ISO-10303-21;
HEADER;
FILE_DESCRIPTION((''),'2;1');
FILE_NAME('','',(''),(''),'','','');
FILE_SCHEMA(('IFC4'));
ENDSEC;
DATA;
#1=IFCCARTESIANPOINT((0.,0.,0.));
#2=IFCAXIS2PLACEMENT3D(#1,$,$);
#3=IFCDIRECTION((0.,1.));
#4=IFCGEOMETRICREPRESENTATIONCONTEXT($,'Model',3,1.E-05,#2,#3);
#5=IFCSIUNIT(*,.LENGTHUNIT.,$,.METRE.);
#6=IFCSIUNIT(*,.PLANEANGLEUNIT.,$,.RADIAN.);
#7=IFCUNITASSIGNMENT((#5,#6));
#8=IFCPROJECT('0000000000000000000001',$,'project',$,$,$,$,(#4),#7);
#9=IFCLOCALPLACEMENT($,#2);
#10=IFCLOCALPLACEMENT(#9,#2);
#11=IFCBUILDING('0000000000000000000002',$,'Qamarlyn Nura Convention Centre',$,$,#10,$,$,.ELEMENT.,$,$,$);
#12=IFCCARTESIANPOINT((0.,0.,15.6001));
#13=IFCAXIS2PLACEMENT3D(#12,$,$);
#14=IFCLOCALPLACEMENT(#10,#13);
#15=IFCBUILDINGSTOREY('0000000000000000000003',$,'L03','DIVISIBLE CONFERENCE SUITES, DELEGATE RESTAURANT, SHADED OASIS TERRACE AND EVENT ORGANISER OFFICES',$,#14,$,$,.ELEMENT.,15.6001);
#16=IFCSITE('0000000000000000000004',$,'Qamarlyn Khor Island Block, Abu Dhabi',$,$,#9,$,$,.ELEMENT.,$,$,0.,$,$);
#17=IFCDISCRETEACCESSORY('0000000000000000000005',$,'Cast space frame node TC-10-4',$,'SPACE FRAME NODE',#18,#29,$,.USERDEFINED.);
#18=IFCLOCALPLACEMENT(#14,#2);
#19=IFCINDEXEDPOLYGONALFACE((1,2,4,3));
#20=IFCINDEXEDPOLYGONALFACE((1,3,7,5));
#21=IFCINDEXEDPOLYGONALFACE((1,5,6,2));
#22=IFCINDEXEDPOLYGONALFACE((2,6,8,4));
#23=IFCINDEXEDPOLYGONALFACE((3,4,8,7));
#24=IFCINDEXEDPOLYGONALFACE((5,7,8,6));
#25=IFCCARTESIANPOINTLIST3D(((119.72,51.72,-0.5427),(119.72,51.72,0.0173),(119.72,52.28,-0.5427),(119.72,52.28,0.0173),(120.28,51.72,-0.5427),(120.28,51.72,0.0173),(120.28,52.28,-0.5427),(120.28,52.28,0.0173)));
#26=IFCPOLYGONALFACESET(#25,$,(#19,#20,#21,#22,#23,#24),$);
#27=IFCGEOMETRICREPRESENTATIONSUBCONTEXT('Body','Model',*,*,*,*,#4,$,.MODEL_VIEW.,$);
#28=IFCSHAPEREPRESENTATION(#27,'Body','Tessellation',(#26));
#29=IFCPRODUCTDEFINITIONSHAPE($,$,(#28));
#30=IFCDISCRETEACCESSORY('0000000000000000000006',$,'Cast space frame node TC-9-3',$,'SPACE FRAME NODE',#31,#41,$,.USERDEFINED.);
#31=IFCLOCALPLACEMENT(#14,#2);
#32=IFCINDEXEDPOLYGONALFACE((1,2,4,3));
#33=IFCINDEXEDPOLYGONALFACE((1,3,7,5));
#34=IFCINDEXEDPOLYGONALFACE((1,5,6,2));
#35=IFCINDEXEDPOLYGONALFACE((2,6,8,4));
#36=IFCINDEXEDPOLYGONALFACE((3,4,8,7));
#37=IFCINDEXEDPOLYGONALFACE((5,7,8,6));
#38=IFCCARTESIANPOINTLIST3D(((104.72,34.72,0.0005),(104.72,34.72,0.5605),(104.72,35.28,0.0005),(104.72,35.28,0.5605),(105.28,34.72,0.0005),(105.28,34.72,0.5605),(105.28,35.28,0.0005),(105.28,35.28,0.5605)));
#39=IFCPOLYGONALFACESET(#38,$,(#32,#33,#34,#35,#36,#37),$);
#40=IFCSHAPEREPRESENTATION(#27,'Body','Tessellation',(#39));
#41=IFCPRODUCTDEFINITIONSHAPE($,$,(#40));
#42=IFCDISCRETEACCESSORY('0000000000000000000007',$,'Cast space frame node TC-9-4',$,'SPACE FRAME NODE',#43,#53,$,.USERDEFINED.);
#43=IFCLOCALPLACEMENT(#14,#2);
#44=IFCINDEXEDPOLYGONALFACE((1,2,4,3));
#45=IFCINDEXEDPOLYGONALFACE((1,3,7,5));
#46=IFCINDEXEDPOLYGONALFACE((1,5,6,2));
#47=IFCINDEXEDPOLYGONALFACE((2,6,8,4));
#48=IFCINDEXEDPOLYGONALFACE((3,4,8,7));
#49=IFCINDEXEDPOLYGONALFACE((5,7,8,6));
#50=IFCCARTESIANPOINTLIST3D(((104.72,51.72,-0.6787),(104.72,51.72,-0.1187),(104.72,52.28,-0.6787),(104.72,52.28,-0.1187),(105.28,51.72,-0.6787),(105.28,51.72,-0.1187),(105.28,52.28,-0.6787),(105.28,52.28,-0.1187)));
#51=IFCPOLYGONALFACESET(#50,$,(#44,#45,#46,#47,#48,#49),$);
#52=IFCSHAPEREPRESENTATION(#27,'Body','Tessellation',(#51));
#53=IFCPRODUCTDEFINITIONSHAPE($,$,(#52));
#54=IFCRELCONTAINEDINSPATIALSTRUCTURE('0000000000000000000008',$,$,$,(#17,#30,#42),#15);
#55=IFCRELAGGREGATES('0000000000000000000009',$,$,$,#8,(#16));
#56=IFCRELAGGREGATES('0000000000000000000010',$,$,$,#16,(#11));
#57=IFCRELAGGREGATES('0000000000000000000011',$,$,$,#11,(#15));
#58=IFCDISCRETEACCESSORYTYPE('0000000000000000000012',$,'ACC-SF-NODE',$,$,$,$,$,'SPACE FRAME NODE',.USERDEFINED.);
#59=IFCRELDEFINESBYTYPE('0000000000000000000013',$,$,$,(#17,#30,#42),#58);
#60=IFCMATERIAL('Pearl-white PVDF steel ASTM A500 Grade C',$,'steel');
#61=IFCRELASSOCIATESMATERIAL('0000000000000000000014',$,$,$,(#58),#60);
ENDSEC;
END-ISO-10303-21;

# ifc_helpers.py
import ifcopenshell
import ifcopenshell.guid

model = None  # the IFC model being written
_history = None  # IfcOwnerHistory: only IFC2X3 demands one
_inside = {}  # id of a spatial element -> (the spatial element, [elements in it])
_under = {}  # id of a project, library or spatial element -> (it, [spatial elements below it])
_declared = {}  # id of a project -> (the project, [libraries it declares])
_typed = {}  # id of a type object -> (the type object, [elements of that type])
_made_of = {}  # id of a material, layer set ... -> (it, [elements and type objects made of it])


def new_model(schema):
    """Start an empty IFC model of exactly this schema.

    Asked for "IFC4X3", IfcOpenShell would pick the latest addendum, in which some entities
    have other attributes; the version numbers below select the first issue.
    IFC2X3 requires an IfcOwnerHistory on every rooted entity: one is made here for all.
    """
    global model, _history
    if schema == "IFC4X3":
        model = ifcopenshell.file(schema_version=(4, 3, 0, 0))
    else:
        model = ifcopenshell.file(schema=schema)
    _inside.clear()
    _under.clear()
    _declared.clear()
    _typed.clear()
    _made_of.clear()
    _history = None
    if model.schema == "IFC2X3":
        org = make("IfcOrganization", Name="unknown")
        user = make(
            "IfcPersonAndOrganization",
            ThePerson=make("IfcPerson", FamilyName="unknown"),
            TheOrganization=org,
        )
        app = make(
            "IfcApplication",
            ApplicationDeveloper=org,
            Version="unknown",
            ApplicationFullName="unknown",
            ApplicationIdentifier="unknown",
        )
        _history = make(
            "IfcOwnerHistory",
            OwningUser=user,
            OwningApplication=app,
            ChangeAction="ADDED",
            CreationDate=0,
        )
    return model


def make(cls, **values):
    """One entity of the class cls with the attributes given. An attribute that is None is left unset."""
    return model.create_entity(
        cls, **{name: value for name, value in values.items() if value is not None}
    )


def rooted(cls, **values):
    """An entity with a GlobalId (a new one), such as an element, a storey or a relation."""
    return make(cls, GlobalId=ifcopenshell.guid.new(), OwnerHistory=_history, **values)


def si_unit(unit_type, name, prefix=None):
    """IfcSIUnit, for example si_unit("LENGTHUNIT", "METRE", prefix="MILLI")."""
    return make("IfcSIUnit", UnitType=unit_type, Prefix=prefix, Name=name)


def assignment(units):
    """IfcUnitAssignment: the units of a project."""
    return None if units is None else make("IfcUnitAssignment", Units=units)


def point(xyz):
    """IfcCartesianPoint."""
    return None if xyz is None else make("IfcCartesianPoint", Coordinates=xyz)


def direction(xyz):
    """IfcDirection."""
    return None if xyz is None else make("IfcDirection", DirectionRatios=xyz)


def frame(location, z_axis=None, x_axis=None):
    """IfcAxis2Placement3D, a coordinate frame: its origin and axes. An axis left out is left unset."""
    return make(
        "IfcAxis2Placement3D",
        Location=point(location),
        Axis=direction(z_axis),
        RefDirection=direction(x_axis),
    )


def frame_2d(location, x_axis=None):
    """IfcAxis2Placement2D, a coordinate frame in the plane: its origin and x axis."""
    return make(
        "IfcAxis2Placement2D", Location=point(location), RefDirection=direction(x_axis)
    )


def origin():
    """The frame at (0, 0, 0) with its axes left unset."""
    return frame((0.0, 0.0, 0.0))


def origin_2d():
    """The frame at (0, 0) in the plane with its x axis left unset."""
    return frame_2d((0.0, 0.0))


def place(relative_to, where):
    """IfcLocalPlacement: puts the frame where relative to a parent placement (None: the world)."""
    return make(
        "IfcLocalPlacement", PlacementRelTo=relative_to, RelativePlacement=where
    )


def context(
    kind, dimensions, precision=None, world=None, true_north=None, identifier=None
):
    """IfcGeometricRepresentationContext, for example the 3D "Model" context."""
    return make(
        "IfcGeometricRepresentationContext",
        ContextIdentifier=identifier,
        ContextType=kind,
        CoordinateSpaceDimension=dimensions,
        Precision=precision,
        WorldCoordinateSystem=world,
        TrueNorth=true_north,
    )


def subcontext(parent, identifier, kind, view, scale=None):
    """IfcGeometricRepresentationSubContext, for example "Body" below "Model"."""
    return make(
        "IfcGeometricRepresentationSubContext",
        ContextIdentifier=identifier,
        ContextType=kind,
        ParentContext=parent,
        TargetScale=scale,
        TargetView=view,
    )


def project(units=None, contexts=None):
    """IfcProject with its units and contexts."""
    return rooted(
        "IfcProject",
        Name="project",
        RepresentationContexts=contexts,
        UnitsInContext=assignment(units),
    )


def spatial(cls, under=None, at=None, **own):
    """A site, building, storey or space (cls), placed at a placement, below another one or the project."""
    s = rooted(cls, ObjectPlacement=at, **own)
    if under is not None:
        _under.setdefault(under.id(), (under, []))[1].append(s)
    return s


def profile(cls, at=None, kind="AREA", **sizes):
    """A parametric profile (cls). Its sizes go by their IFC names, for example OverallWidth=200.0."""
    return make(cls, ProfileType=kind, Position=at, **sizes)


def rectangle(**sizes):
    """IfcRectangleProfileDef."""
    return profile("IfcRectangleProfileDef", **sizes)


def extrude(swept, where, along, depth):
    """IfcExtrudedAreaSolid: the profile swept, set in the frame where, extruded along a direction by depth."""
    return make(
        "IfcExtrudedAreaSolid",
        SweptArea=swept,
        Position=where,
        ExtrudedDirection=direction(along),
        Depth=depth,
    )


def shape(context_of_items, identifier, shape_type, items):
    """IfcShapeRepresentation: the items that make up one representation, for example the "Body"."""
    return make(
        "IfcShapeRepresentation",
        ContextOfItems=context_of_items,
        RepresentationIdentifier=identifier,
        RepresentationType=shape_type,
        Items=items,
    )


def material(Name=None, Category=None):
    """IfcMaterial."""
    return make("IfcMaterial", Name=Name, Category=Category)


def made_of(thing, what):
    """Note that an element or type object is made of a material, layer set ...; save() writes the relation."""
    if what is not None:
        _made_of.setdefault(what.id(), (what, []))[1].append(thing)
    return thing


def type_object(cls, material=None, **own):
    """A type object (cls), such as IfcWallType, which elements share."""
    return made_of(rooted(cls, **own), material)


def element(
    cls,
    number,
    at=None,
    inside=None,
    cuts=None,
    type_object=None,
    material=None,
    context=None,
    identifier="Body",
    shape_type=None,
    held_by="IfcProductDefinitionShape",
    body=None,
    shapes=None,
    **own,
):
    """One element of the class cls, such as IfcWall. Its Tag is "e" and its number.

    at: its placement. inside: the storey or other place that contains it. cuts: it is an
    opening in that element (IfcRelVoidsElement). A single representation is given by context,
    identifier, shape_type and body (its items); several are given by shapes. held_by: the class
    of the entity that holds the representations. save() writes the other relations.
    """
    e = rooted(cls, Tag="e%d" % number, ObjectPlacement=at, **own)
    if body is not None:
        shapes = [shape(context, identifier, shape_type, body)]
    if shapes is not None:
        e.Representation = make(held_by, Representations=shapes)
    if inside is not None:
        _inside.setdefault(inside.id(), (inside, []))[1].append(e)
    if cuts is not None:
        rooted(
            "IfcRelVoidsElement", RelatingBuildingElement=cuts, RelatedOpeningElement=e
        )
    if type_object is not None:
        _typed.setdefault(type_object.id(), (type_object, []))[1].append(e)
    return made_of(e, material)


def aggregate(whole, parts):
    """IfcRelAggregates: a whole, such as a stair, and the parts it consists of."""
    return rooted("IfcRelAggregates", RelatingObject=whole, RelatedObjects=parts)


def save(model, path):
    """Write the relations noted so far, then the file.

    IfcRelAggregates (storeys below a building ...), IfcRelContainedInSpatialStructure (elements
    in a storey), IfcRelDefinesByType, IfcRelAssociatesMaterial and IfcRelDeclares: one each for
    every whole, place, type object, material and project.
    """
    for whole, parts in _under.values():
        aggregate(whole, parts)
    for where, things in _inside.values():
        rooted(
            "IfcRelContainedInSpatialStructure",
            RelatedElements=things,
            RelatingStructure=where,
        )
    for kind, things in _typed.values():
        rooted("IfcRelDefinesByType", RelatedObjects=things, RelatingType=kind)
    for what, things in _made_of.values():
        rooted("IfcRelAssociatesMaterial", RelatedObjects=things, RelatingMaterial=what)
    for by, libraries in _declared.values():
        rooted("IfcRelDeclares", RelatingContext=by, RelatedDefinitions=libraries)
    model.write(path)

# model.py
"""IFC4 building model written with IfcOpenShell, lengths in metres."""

from ifc_helpers import new_model, si_unit, direction, frame, origin, origin_2d, place, context, subcontext, project, spatial, rectangle, extrude, material, type_object, element, save


model = new_model("IFC4")

# Units and contexts
model_context = context("Model", 3, precision=1e-05, world=origin(), true_north=direction((0.0, 1.0)))
body_context = subcontext(model_context, "Body", "Model", "MODEL_VIEW")
ifc_project = project(units=[si_unit("LENGTHUNIT", "METRE"), si_unit("PLANEANGLEUNIT", "RADIAN")], contexts=[model_context])

# Site, building, storey
site_placement = place(None, origin())
site = spatial("IfcSite", under=ifc_project, at=site_placement, Name="Qamarlyn Khor Island Block, Abu Dhabi", CompositionType="ELEMENT", RefElevation=0.0)
building_placement = place(site_placement, origin())
building = spatial("IfcBuilding", under=site, at=building_placement, Name="Qamarlyn Nura Convention Centre", CompositionType="ELEMENT")
storey_placement = place(building_placement, frame((0.0, 0.0, 15.6001)))
storey = spatial("IfcBuildingStorey", under=building, at=storey_placement, Name="L03", Description="DIVISIBLE CONFERENCE SUITES, DELEGATE RESTAURANT, SHADED OASIS TERRACE AND EVENT ORGANISER OFFICES", CompositionType="ELEMENT", Elevation=15.6001)

# Shared definitions
ifc_material_1 = material(Name="Pearl-white PVDF steel ASTM A500 Grade C", Category="steel")

# Discrete accessories
discrete_accessory_type = type_object("IfcDiscreteAccessoryType", Name="ACC-SF-NODE", ElementType="SPACE FRAME NODE", PredefinedType="USERDEFINED", material=ifc_material_1)
for number, where, z_axis, x_axis, name in (
    (1, (120.0, 52.0, -0.5427), (0.0, 0.0, 1.0), (1.0, 0.0, 0.0), "Cast space frame node TC-10-4"),
    (2, (105.0, 35.0, 0.0005), (0.0, 0.0, 1.0), (1.0, 0.0, 0.0), "Cast space frame node TC-9-3"),
    (3, (105.0, 52.0, -0.6787), (0.0, 0.0, 1.0), (1.0, 0.0, 0.0), "Cast space frame node TC-9-4"),
):
    element("IfcDiscreteAccessory", number, at=place(storey_placement, frame(where, z_axis=z_axis, x_axis=x_axis)), inside=storey, type_object=discrete_accessory_type, Name=name, ObjectType="SPACE FRAME NODE", PredefinedType="USERDEFINED", context=body_context, shape_type="SweptSolid", body=[
        extrude(rectangle(XDim=0.5601, YDim=0.5601, at=origin_2d()), origin(), (0.0, 0.0, 1.0), 0.5601),
    ])

save(model, "model.ifc")
